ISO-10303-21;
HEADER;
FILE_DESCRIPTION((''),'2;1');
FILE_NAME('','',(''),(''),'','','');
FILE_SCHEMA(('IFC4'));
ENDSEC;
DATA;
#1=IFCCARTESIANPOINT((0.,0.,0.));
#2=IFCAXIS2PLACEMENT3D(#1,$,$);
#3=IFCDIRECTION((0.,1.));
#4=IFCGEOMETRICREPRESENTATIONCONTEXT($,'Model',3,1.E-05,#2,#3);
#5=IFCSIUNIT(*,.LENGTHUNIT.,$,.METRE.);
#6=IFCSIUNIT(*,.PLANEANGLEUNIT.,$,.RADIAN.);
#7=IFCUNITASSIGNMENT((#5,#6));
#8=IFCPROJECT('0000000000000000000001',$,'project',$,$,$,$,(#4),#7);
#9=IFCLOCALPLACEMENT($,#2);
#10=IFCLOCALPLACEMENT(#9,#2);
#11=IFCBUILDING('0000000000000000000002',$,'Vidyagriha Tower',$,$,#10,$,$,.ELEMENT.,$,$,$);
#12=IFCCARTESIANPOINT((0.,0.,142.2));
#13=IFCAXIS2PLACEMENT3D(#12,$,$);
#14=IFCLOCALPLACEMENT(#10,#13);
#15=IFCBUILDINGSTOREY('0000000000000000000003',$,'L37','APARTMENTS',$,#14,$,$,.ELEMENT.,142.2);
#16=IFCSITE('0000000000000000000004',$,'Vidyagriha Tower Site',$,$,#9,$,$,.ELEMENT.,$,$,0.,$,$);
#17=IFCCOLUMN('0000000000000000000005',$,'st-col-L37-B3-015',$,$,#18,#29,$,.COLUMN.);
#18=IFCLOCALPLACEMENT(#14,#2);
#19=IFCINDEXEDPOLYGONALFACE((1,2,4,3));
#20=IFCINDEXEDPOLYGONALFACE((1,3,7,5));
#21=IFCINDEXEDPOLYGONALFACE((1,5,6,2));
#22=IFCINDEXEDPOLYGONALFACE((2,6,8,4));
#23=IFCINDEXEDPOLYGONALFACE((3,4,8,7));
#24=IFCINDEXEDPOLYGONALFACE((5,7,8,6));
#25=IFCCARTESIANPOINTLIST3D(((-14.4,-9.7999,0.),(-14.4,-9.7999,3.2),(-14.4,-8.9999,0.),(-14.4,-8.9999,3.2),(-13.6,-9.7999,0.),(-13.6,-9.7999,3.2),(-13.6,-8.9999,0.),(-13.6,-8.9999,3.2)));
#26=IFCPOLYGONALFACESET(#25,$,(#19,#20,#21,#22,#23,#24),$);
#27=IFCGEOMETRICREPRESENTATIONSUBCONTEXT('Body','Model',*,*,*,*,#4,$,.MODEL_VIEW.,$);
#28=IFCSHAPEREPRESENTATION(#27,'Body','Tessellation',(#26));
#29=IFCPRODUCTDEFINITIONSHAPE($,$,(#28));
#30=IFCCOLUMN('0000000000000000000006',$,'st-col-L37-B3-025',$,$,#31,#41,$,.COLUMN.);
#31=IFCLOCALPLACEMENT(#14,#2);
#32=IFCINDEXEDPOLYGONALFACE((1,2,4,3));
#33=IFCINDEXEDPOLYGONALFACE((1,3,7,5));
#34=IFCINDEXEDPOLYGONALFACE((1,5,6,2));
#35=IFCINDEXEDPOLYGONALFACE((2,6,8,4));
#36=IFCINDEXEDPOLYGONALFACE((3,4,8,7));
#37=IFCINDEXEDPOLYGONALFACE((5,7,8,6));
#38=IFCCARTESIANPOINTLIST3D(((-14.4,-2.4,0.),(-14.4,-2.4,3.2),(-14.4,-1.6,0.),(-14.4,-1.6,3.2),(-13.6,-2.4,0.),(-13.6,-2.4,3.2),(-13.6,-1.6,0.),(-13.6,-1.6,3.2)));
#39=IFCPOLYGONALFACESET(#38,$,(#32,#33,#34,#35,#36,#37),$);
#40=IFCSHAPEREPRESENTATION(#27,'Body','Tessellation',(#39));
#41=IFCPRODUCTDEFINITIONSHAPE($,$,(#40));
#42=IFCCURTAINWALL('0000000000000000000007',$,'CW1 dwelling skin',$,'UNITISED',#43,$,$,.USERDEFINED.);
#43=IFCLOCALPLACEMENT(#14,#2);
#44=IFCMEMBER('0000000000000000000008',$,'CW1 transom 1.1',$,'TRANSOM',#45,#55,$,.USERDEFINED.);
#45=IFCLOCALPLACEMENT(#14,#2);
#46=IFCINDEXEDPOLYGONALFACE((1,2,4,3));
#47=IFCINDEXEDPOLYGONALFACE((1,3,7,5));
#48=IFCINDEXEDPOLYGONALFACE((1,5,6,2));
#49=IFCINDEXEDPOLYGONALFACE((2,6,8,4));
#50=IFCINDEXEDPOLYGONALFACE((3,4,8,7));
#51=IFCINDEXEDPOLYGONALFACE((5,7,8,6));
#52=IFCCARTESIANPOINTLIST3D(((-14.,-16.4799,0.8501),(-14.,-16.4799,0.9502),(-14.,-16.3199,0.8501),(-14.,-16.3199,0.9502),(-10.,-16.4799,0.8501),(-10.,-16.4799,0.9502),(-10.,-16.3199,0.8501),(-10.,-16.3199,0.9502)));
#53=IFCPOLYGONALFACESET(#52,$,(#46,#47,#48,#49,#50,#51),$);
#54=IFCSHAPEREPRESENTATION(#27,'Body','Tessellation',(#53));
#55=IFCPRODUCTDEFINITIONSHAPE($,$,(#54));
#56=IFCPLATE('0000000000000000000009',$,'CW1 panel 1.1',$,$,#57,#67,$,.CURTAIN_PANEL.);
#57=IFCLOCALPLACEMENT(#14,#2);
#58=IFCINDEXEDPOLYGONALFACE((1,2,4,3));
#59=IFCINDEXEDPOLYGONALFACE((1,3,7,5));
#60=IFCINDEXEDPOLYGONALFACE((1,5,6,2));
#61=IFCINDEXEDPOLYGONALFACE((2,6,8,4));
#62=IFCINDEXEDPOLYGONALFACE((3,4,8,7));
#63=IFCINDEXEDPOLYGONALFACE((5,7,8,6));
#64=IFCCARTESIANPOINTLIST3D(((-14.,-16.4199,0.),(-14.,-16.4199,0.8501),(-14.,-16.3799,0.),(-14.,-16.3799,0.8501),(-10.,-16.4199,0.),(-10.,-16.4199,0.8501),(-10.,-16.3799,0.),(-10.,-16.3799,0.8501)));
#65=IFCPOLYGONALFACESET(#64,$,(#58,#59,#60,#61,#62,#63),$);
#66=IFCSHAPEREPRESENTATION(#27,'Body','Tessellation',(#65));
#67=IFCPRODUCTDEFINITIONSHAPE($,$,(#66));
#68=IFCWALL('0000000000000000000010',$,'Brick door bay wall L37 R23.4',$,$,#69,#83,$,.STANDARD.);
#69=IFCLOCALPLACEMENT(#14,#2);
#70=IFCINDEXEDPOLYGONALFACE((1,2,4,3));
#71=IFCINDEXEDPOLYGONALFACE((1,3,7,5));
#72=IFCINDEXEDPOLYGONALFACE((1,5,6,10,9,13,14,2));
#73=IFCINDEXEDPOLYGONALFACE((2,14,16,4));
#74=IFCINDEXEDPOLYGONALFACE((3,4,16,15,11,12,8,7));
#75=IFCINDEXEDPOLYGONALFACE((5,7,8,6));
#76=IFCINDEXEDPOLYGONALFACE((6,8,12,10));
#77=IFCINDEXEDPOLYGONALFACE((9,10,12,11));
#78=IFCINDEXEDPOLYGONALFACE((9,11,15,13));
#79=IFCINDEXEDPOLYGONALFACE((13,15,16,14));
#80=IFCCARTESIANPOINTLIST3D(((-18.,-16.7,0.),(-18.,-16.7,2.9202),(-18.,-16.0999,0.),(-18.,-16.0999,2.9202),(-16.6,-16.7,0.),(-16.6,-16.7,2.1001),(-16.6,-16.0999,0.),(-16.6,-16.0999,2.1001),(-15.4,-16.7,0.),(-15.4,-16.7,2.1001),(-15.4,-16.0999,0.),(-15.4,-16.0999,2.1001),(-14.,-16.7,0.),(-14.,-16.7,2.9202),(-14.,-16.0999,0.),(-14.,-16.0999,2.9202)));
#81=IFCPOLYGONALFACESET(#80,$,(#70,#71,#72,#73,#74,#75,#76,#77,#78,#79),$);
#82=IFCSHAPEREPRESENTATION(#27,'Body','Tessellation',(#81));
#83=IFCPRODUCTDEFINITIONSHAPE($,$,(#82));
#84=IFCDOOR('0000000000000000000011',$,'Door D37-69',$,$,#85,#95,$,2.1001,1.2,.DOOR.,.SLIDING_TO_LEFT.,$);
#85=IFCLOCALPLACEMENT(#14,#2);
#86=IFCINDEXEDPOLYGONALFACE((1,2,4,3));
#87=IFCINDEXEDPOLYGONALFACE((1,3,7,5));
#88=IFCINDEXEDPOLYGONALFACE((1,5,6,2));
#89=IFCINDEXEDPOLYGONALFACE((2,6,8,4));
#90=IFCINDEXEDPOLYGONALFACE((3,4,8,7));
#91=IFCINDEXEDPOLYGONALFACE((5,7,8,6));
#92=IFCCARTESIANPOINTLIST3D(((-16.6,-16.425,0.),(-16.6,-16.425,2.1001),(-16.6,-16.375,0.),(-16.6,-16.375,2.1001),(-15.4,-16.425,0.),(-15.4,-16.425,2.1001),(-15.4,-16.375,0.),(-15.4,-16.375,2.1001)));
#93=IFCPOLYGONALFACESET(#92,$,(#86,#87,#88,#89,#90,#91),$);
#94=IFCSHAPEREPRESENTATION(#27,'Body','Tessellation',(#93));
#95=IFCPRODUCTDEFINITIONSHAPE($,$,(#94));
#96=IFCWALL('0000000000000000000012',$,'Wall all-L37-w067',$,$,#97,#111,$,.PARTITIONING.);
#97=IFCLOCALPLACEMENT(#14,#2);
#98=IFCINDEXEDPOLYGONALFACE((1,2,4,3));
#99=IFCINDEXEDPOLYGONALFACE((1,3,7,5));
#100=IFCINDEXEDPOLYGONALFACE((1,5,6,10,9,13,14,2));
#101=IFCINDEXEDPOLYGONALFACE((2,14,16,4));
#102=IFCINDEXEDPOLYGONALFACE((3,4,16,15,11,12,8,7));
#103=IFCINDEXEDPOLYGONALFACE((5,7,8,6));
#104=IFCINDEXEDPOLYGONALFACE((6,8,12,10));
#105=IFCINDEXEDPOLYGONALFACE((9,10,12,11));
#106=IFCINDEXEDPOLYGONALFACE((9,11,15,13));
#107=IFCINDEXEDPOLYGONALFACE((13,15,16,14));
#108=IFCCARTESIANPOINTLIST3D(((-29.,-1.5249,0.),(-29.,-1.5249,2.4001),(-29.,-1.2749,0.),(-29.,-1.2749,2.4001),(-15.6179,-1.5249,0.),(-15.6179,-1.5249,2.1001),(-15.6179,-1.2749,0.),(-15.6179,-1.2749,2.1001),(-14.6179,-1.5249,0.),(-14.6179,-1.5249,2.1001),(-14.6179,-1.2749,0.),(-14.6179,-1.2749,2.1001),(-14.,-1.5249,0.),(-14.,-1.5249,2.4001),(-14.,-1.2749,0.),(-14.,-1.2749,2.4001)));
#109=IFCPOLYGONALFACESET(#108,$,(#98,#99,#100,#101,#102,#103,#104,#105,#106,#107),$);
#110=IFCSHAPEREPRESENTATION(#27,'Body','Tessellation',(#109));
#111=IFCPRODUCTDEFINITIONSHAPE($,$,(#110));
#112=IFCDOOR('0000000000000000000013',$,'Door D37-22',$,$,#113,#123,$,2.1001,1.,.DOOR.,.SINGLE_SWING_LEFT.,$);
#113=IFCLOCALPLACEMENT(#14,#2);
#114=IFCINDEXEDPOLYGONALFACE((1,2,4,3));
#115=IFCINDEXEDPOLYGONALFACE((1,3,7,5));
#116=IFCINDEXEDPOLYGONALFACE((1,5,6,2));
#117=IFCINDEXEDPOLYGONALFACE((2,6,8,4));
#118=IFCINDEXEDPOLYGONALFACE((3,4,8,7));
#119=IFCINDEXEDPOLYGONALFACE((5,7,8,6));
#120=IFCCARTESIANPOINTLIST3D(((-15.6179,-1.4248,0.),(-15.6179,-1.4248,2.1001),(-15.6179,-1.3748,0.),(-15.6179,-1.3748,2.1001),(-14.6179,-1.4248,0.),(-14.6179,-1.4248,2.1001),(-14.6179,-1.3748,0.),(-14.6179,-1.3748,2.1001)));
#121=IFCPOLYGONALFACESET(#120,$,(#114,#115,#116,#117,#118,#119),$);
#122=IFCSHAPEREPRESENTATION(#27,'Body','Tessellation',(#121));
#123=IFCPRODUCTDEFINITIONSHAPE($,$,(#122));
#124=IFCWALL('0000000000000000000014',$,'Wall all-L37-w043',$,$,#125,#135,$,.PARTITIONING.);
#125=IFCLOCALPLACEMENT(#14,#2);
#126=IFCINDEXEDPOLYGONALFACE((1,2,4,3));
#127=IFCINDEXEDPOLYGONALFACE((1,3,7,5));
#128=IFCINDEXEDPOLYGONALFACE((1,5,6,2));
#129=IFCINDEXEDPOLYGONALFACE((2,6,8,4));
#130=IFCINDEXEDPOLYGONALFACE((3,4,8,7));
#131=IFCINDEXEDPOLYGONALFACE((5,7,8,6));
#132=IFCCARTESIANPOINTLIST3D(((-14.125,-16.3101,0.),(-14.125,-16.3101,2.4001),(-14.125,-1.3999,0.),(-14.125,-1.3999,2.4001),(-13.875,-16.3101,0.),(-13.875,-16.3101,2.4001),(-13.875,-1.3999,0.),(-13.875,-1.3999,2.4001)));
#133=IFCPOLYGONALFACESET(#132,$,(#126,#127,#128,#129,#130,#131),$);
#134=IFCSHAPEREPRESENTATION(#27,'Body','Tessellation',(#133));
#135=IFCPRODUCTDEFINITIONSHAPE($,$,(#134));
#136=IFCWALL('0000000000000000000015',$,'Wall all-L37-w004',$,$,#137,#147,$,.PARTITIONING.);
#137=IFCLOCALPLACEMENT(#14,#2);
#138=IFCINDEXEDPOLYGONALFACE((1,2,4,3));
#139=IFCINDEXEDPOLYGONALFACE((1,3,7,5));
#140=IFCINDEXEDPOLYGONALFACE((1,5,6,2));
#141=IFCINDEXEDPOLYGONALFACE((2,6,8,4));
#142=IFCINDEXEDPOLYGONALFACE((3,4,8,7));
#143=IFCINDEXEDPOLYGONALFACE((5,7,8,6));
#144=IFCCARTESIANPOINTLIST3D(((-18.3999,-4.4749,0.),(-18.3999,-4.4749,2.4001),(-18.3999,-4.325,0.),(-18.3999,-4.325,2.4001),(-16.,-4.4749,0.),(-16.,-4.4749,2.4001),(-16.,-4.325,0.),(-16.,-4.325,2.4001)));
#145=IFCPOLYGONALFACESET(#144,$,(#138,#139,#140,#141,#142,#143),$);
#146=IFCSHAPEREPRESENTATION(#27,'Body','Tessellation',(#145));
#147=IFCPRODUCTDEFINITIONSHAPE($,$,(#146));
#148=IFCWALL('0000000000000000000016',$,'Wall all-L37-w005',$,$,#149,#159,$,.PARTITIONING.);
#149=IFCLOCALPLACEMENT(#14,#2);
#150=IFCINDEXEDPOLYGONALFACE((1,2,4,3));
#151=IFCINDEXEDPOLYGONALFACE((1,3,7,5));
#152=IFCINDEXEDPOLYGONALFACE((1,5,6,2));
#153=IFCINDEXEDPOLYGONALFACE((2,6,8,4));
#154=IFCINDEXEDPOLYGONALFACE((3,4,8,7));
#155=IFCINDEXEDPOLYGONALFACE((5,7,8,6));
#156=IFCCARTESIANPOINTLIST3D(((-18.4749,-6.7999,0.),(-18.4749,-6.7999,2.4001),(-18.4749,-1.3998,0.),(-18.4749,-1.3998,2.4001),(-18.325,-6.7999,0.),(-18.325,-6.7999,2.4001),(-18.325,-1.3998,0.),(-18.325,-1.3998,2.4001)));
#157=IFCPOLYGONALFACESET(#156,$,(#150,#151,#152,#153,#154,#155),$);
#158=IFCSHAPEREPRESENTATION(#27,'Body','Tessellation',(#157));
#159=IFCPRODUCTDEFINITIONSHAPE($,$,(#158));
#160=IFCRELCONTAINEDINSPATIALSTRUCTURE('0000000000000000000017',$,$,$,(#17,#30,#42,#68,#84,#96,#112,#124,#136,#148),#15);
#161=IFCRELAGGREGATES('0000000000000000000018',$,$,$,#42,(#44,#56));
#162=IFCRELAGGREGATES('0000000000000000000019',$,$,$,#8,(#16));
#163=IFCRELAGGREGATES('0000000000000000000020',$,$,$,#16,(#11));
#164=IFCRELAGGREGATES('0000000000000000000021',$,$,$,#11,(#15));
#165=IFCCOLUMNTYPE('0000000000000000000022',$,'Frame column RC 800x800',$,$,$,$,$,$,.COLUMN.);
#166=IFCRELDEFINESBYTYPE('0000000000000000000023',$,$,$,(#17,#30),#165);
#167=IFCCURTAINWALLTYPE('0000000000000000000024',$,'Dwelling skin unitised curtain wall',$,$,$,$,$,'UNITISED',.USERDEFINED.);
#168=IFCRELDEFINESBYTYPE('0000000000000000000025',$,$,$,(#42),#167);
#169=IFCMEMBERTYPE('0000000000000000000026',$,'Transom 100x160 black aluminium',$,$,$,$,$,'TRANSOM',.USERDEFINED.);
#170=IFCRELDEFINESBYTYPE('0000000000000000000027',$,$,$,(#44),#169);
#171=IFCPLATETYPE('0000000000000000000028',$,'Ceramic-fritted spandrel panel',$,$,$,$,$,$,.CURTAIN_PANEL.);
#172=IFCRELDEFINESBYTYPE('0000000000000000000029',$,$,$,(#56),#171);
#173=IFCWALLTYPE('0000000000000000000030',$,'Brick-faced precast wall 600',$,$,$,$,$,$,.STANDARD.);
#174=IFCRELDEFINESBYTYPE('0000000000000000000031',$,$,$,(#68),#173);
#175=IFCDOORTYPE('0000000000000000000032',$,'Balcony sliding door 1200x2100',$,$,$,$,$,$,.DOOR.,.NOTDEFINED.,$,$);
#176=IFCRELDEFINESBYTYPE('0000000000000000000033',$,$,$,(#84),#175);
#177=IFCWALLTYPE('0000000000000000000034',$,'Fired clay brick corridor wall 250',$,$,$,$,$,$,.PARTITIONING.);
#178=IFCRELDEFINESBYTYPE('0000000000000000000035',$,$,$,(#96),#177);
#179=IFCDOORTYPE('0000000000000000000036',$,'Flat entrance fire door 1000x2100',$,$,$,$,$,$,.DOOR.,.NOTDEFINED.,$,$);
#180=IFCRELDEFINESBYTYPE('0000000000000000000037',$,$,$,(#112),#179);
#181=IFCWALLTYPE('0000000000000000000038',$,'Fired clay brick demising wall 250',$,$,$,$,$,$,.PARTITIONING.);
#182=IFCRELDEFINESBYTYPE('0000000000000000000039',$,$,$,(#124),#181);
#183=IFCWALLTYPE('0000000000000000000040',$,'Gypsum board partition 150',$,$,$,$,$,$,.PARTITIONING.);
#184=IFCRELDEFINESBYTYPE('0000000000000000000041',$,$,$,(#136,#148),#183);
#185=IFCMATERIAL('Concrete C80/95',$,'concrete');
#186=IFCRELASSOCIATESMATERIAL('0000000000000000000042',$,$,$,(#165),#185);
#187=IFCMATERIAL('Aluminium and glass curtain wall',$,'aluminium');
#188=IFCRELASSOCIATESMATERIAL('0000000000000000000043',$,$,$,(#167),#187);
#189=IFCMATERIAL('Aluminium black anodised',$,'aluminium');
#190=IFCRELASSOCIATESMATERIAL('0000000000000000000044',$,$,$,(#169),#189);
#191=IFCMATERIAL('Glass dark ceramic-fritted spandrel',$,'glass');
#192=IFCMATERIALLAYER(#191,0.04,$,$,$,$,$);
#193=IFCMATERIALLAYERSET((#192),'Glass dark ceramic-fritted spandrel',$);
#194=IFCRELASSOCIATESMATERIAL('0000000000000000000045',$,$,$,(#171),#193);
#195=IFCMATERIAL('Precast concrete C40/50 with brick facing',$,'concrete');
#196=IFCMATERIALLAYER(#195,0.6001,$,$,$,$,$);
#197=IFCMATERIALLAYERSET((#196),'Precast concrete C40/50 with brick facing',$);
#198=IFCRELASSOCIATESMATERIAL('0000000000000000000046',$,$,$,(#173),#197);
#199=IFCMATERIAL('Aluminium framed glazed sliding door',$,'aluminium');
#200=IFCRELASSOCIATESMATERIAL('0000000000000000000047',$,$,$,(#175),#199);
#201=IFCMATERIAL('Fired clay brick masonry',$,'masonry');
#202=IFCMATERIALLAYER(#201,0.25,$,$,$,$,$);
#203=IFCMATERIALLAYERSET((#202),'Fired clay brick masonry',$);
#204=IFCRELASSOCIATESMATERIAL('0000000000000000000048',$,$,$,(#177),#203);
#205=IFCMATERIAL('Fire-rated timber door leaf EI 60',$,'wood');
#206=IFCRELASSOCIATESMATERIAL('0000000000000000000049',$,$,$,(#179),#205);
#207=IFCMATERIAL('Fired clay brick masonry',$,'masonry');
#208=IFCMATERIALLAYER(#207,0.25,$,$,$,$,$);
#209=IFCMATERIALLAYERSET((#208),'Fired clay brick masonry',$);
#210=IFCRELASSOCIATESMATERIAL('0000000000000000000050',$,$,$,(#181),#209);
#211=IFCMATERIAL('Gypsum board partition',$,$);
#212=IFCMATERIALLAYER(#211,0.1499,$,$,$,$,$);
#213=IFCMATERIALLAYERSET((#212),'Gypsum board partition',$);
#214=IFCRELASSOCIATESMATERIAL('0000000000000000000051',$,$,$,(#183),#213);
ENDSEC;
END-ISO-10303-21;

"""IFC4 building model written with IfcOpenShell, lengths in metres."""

from ifc_helpers import new_model, si_unit, direction, frame, frame_2d, origin, origin_2d, place, context, subcontext, project, spatial, rectangle, extrude, material, layer, layer_set, material_profile, profile_set, type_object, element, fill, aggregate, save


model = new_model("IFC4")

# Units and contexts
model_context = context("Model", 3, precision=1e-05, world=origin(), true_north=direction((0.0, 1.0)))
body_context = subcontext(model_context, "Body", "Model", "MODEL_VIEW")
ifc_project = project(units=[si_unit("LENGTHUNIT", "METRE"), si_unit("PLANEANGLEUNIT", "RADIAN")], contexts=[model_context])

# Site, building, storey
site_placement = place(None, origin())
site = spatial("IfcSite", under=ifc_project, at=site_placement, Name="Vidyagriha Tower Site", CompositionType="ELEMENT", RefElevation=0.0)
building_placement = place(site_placement, origin())
building = spatial("IfcBuilding", under=site, at=building_placement, Name="Vidyagriha Tower", CompositionType="ELEMENT")
storey_placement = place(building_placement, frame((0.0, 0.0, 142.2)))
storey = spatial("IfcBuildingStorey", under=building, at=storey_placement, Name="L37", Description="APARTMENTS", CompositionType="ELEMENT", Elevation=142.2)

# Columns
ifc_material_1 = material(Name="Concrete C80/95", Category="concrete")
ifc_material_profile_1 = material_profile(ifc_material_1, rectangle(XDim=0.8, YDim=0.8, at=origin_2d()), Name="RC 800x800")
ifc_profile_set_1 = profile_set([ifc_material_profile_1], Name="Concrete C80/95")
column_type = type_object("IfcColumnType", Name="Frame column RC 800x800", PredefinedType="COLUMN", material=ifc_profile_set_1)
for number, where, name in (
    (1, (-14.0, -9.3999, 0.0), "st-col-L37-B3-015"),
    (2, (-14.0, -2.0, 0.0), "st-col-L37-B3-025"),
):
    element("IfcColumn", number, at=place(storey_placement, frame(where)), inside=storey, type_object=column_type, Name=name, PredefinedType="COLUMN", context=body_context, shape_type="SweptSolid", body=[
        extrude(rectangle(XDim=0.8, YDim=0.8, at=origin_2d()), origin(), (0.0, 0.0, 1.0), 3.2),
    ])

# Curtain wall, member, plate
ifc_material_2 = material(Name="Aluminium and glass curtain wall", Category="aluminium")
curtain_wall_type = type_object("IfcCurtainWallType", Name="Dwelling skin unitised curtain wall", ElementType="UNITISED", PredefinedType="USERDEFINED", material=ifc_material_2)
curtain_wall_placement = place(storey_placement, origin())
curtain_wall = element("IfcCurtainWall", 3, at=curtain_wall_placement, inside=storey, type_object=curtain_wall_type, Name="CW1 dwelling skin", ObjectType="UNITISED", PredefinedType="USERDEFINED")
ifc_material_3 = material(Name="Aluminium black anodised", Category="aluminium")
ifc_material_profile_2 = material_profile(ifc_material_3, rectangle(XDim=0.1599, YDim=0.1001, at=origin_2d()), Name="Transom 100x160 black aluminium")
ifc_profile_set_2 = profile_set([ifc_material_profile_2], Name="Aluminium black anodised")
member_type = type_object("IfcMemberType", Name="Transom 100x160 black aluminium", ElementType="TRANSOM", PredefinedType="USERDEFINED", material=ifc_profile_set_2)
member_placement = place(storey_placement, frame((-14.0, -16.3999, 0.9001), z_axis=(1.0, 0.0, 0.0), x_axis=(0.0, 1.0, 0.0)))
member = element("IfcMember", 4, at=member_placement, type_object=member_type, Name="CW1 transom 1.1", ObjectType="TRANSOM", PredefinedType="USERDEFINED", context=body_context, shape_type="SweptSolid", body=[
    extrude(rectangle(XDim=0.1599, YDim=0.1001, at=origin_2d()), origin(), (0.0, 0.0, 1.0), 4.0),
])
ifc_material_4 = material(Name="Glass dark ceramic-fritted spandrel", Category="glass")
ifc_layer_1 = layer(ifc_material_4, 0.04)
ifc_layer_set_1 = layer_set([ifc_layer_1], Name="Glass dark ceramic-fritted spandrel")
plate_type = type_object("IfcPlateType", Name="Ceramic-fritted spandrel panel", PredefinedType="CURTAIN_PANEL", material=ifc_layer_set_1)
plate_placement = place(storey_placement, frame((-12.0, -16.3999, 0.0)))
plate = element("IfcPlate", 5, at=plate_placement, type_object=plate_type, Name="CW1 panel 1.1", PredefinedType="CURTAIN_PANEL", context=body_context, shape_type="SweptSolid", body=[
    extrude(rectangle(XDim=4.0, YDim=0.04, at=origin_2d()), origin(), (0.0, 0.0, 1.0), 0.8501),
])
aggregate(curtain_wall, [member, plate])

# Walls, openings, doors
ifc_material_5 = material(Name="Precast concrete C40/50 with brick facing", Category="concrete")
ifc_layer_2 = layer(ifc_material_5, 0.6001)
ifc_layer_set_2 = layer_set([ifc_layer_2], Name="Precast concrete C40/50 with brick facing")
wall_type_1 = type_object("IfcWallType", Name="Brick-faced precast wall 600", PredefinedType="STANDARD", material=ifc_layer_set_2)
wall_1_placement = place(storey_placement, frame((-18.0, -16.3999, 0.0)))
wall_1 = element("IfcWall", 6, at=wall_1_placement, inside=storey, type_object=wall_type_1, Name="Brick door bay wall L37 R23.4", PredefinedType="STANDARD", context=body_context, shape_type="SweptSolid", body=[
    extrude(rectangle(XDim=4.0, YDim=0.6001, at=frame_2d((2.0, 0.0))), origin(), (0.0, 0.0, 1.0), 2.9202),
])
opening_1_placement = place(wall_1_placement, frame((1.3999, 0.0, 0.0)))
opening_1 = element("IfcOpeningElement", 7, at=opening_1_placement, cuts=wall_1, PredefinedType="OPENING", context=body_context, shape_type="SweptSolid", body=[
    extrude(rectangle(XDim=1.2, YDim=2.1001, at=frame_2d((0.6001, 1.05))), frame((0.0, 0.3101, 0.0), z_axis=(0.0, -1.0, 0.0), x_axis=(1.0, 0.0, 0.0)), (0.0, 0.0, 1.0), 0.6201),
])
ifc_material_6 = material(Name="Aluminium framed glazed sliding door", Category="aluminium")
door_type_1 = type_object("IfcDoorType", Name="Balcony sliding door 1200x2100", OperationType="NOTDEFINED", PredefinedType="DOOR", material=ifc_material_6)
door_1_placement = place(opening_1_placement, origin())
door_1 = element("IfcDoor", 8, at=door_1_placement, inside=storey, type_object=door_type_1, Name="Door D37-69", OperationType="SLIDING_TO_LEFT", OverallHeight=2.1001, OverallWidth=1.2, PredefinedType="DOOR", context=body_context, shape_type="SweptSolid", body=[
    extrude(rectangle(XDim=1.2, YDim=2.1001, at=frame_2d((0.6001, 1.05))), frame((0.0, 0.0249, 0.0), z_axis=(0.0, -1.0, 0.0), x_axis=(1.0, 0.0, 0.0)), (0.0, 0.0, 1.0), 0.05),
])
fill(opening_1, door_1)
ifc_material_7 = material(Name="Fired clay brick masonry", Category="masonry")
ifc_layer_3 = layer(ifc_material_7, 0.25)
ifc_layer_set_3 = layer_set([ifc_layer_3], Name="Fired clay brick masonry")
wall_type_2 = type_object("IfcWallType", Name="Fired clay brick corridor wall 250", PredefinedType="PARTITIONING", material=ifc_layer_set_3)
wall_2_placement = place(storey_placement, frame((-14.0, -1.3999, 0.0), z_axis=(0.0, 0.0, 1.0), x_axis=(-1.0, 0.0, 0.0)))
wall_2 = element("IfcWall", 9, at=wall_2_placement, inside=storey, type_object=wall_type_2, Name="Wall all-L37-w067", PredefinedType="PARTITIONING", context=body_context, shape_type="SweptSolid", body=[
    extrude(rectangle(XDim=15.0, YDim=0.25, at=frame_2d((7.5, 0.0))), origin(), (0.0, 0.0, 1.0), 2.4001),
])
opening_2_placement = place(wall_2_placement, frame((0.6179, 0.0, 0.0)))
opening_2 = element("IfcOpeningElement", 10, at=opening_2_placement, cuts=wall_2, PredefinedType="OPENING", context=body_context, shape_type="SweptSolid", body=[
    extrude(rectangle(XDim=1.0, YDim=2.1001, at=frame_2d((0.5, 1.05))), frame((0.0, 0.135, 0.0), z_axis=(0.0, -1.0, 0.0), x_axis=(1.0, 0.0, 0.0)), (0.0, 0.0, 1.0), 0.27),
])
ifc_material_8 = material(Name="Fire-rated timber door leaf EI 60", Category="wood")
door_type_2 = type_object("IfcDoorType", Name="Flat entrance fire door 1000x2100", OperationType="NOTDEFINED", PredefinedType="DOOR", material=ifc_material_8)
door_2_placement = place(opening_2_placement, origin())
door_2 = element("IfcDoor", 11, at=door_2_placement, inside=storey, type_object=door_type_2, Name="Door D37-22", OperationType="SINGLE_SWING_LEFT", OverallHeight=2.1001, OverallWidth=1.0, PredefinedType="DOOR", context=body_context, shape_type="SweptSolid", body=[
    extrude(rectangle(XDim=1.0, YDim=2.1001, at=frame_2d((0.5, 1.05))), frame((0.0, 0.0249, 0.0), z_axis=(0.0, -1.0, 0.0), x_axis=(1.0, 0.0, 0.0)), (0.0, 0.0, 1.0), 0.05),
])
fill(opening_2, door_2)

# Walls
ifc_material_9 = material(Name="Fired clay brick masonry", Category="masonry")
ifc_layer_4 = layer(ifc_material_9, 0.25)
ifc_layer_set_4 = layer_set([ifc_layer_4], Name="Fired clay brick masonry")
wall_type_3 = type_object("IfcWallType", Name="Fired clay brick demising wall 250", PredefinedType="PARTITIONING", material=ifc_layer_set_4)
wall_3_placement = place(storey_placement, frame((-14.0, -1.3999, 0.0), z_axis=(0.0, 0.0, 1.0), x_axis=(0.0, -1.0, 0.0)))
element("IfcWall", 12, at=wall_3_placement, inside=storey, type_object=wall_type_3, Name="Wall all-L37-w043", PredefinedType="PARTITIONING", context=body_context, shape_type="SweptSolid", body=[
    extrude(rectangle(XDim=14.9102, YDim=0.25, at=frame_2d((7.4551, 0.0))), origin(), (0.0, 0.0, 1.0), 2.4001),
])
ifc_material_10 = material(Name="Gypsum board partition")
ifc_layer_5 = layer(ifc_material_10, 0.1499)
ifc_layer_set_5 = layer_set([ifc_layer_5], Name="Gypsum board partition")
wall_type_4 = type_object("IfcWallType", Name="Gypsum board partition 150", PredefinedType="PARTITIONING", material=ifc_layer_set_5)
wall_4_placement = place(storey_placement, frame((-16.0, -4.3999, 0.0), z_axis=(0.0, 0.0, 1.0), x_axis=(-1.0, 0.0, 0.0)))
element("IfcWall", 13, at=wall_4_placement, inside=storey, type_object=wall_type_4, Name="Wall all-L37-w004", PredefinedType="PARTITIONING", context=body_context, shape_type="SweptSolid", body=[
    extrude(rectangle(XDim=2.3999, YDim=0.1499, at=frame_2d((1.2, 0.0))), origin(), (0.0, 0.0, 1.0), 2.4001),
])
wall_5_placement = place(storey_placement, frame((-18.3999, -6.8, 0.0), z_axis=(0.0, 0.0, 1.0), x_axis=(0.0, 1.0, 0.0)))
element("IfcWall", 14, at=wall_5_placement, inside=storey, type_object=wall_type_4, Name="Wall all-L37-w005", PredefinedType="PARTITIONING", context=body_context, shape_type="SweptSolid", body=[
    extrude(rectangle(XDim=5.4001, YDim=0.1499, at=frame_2d((2.7002, 0.0))), origin(), (0.0, 0.0, 1.0), 2.4001),
])

save(model, "model.ifc")
